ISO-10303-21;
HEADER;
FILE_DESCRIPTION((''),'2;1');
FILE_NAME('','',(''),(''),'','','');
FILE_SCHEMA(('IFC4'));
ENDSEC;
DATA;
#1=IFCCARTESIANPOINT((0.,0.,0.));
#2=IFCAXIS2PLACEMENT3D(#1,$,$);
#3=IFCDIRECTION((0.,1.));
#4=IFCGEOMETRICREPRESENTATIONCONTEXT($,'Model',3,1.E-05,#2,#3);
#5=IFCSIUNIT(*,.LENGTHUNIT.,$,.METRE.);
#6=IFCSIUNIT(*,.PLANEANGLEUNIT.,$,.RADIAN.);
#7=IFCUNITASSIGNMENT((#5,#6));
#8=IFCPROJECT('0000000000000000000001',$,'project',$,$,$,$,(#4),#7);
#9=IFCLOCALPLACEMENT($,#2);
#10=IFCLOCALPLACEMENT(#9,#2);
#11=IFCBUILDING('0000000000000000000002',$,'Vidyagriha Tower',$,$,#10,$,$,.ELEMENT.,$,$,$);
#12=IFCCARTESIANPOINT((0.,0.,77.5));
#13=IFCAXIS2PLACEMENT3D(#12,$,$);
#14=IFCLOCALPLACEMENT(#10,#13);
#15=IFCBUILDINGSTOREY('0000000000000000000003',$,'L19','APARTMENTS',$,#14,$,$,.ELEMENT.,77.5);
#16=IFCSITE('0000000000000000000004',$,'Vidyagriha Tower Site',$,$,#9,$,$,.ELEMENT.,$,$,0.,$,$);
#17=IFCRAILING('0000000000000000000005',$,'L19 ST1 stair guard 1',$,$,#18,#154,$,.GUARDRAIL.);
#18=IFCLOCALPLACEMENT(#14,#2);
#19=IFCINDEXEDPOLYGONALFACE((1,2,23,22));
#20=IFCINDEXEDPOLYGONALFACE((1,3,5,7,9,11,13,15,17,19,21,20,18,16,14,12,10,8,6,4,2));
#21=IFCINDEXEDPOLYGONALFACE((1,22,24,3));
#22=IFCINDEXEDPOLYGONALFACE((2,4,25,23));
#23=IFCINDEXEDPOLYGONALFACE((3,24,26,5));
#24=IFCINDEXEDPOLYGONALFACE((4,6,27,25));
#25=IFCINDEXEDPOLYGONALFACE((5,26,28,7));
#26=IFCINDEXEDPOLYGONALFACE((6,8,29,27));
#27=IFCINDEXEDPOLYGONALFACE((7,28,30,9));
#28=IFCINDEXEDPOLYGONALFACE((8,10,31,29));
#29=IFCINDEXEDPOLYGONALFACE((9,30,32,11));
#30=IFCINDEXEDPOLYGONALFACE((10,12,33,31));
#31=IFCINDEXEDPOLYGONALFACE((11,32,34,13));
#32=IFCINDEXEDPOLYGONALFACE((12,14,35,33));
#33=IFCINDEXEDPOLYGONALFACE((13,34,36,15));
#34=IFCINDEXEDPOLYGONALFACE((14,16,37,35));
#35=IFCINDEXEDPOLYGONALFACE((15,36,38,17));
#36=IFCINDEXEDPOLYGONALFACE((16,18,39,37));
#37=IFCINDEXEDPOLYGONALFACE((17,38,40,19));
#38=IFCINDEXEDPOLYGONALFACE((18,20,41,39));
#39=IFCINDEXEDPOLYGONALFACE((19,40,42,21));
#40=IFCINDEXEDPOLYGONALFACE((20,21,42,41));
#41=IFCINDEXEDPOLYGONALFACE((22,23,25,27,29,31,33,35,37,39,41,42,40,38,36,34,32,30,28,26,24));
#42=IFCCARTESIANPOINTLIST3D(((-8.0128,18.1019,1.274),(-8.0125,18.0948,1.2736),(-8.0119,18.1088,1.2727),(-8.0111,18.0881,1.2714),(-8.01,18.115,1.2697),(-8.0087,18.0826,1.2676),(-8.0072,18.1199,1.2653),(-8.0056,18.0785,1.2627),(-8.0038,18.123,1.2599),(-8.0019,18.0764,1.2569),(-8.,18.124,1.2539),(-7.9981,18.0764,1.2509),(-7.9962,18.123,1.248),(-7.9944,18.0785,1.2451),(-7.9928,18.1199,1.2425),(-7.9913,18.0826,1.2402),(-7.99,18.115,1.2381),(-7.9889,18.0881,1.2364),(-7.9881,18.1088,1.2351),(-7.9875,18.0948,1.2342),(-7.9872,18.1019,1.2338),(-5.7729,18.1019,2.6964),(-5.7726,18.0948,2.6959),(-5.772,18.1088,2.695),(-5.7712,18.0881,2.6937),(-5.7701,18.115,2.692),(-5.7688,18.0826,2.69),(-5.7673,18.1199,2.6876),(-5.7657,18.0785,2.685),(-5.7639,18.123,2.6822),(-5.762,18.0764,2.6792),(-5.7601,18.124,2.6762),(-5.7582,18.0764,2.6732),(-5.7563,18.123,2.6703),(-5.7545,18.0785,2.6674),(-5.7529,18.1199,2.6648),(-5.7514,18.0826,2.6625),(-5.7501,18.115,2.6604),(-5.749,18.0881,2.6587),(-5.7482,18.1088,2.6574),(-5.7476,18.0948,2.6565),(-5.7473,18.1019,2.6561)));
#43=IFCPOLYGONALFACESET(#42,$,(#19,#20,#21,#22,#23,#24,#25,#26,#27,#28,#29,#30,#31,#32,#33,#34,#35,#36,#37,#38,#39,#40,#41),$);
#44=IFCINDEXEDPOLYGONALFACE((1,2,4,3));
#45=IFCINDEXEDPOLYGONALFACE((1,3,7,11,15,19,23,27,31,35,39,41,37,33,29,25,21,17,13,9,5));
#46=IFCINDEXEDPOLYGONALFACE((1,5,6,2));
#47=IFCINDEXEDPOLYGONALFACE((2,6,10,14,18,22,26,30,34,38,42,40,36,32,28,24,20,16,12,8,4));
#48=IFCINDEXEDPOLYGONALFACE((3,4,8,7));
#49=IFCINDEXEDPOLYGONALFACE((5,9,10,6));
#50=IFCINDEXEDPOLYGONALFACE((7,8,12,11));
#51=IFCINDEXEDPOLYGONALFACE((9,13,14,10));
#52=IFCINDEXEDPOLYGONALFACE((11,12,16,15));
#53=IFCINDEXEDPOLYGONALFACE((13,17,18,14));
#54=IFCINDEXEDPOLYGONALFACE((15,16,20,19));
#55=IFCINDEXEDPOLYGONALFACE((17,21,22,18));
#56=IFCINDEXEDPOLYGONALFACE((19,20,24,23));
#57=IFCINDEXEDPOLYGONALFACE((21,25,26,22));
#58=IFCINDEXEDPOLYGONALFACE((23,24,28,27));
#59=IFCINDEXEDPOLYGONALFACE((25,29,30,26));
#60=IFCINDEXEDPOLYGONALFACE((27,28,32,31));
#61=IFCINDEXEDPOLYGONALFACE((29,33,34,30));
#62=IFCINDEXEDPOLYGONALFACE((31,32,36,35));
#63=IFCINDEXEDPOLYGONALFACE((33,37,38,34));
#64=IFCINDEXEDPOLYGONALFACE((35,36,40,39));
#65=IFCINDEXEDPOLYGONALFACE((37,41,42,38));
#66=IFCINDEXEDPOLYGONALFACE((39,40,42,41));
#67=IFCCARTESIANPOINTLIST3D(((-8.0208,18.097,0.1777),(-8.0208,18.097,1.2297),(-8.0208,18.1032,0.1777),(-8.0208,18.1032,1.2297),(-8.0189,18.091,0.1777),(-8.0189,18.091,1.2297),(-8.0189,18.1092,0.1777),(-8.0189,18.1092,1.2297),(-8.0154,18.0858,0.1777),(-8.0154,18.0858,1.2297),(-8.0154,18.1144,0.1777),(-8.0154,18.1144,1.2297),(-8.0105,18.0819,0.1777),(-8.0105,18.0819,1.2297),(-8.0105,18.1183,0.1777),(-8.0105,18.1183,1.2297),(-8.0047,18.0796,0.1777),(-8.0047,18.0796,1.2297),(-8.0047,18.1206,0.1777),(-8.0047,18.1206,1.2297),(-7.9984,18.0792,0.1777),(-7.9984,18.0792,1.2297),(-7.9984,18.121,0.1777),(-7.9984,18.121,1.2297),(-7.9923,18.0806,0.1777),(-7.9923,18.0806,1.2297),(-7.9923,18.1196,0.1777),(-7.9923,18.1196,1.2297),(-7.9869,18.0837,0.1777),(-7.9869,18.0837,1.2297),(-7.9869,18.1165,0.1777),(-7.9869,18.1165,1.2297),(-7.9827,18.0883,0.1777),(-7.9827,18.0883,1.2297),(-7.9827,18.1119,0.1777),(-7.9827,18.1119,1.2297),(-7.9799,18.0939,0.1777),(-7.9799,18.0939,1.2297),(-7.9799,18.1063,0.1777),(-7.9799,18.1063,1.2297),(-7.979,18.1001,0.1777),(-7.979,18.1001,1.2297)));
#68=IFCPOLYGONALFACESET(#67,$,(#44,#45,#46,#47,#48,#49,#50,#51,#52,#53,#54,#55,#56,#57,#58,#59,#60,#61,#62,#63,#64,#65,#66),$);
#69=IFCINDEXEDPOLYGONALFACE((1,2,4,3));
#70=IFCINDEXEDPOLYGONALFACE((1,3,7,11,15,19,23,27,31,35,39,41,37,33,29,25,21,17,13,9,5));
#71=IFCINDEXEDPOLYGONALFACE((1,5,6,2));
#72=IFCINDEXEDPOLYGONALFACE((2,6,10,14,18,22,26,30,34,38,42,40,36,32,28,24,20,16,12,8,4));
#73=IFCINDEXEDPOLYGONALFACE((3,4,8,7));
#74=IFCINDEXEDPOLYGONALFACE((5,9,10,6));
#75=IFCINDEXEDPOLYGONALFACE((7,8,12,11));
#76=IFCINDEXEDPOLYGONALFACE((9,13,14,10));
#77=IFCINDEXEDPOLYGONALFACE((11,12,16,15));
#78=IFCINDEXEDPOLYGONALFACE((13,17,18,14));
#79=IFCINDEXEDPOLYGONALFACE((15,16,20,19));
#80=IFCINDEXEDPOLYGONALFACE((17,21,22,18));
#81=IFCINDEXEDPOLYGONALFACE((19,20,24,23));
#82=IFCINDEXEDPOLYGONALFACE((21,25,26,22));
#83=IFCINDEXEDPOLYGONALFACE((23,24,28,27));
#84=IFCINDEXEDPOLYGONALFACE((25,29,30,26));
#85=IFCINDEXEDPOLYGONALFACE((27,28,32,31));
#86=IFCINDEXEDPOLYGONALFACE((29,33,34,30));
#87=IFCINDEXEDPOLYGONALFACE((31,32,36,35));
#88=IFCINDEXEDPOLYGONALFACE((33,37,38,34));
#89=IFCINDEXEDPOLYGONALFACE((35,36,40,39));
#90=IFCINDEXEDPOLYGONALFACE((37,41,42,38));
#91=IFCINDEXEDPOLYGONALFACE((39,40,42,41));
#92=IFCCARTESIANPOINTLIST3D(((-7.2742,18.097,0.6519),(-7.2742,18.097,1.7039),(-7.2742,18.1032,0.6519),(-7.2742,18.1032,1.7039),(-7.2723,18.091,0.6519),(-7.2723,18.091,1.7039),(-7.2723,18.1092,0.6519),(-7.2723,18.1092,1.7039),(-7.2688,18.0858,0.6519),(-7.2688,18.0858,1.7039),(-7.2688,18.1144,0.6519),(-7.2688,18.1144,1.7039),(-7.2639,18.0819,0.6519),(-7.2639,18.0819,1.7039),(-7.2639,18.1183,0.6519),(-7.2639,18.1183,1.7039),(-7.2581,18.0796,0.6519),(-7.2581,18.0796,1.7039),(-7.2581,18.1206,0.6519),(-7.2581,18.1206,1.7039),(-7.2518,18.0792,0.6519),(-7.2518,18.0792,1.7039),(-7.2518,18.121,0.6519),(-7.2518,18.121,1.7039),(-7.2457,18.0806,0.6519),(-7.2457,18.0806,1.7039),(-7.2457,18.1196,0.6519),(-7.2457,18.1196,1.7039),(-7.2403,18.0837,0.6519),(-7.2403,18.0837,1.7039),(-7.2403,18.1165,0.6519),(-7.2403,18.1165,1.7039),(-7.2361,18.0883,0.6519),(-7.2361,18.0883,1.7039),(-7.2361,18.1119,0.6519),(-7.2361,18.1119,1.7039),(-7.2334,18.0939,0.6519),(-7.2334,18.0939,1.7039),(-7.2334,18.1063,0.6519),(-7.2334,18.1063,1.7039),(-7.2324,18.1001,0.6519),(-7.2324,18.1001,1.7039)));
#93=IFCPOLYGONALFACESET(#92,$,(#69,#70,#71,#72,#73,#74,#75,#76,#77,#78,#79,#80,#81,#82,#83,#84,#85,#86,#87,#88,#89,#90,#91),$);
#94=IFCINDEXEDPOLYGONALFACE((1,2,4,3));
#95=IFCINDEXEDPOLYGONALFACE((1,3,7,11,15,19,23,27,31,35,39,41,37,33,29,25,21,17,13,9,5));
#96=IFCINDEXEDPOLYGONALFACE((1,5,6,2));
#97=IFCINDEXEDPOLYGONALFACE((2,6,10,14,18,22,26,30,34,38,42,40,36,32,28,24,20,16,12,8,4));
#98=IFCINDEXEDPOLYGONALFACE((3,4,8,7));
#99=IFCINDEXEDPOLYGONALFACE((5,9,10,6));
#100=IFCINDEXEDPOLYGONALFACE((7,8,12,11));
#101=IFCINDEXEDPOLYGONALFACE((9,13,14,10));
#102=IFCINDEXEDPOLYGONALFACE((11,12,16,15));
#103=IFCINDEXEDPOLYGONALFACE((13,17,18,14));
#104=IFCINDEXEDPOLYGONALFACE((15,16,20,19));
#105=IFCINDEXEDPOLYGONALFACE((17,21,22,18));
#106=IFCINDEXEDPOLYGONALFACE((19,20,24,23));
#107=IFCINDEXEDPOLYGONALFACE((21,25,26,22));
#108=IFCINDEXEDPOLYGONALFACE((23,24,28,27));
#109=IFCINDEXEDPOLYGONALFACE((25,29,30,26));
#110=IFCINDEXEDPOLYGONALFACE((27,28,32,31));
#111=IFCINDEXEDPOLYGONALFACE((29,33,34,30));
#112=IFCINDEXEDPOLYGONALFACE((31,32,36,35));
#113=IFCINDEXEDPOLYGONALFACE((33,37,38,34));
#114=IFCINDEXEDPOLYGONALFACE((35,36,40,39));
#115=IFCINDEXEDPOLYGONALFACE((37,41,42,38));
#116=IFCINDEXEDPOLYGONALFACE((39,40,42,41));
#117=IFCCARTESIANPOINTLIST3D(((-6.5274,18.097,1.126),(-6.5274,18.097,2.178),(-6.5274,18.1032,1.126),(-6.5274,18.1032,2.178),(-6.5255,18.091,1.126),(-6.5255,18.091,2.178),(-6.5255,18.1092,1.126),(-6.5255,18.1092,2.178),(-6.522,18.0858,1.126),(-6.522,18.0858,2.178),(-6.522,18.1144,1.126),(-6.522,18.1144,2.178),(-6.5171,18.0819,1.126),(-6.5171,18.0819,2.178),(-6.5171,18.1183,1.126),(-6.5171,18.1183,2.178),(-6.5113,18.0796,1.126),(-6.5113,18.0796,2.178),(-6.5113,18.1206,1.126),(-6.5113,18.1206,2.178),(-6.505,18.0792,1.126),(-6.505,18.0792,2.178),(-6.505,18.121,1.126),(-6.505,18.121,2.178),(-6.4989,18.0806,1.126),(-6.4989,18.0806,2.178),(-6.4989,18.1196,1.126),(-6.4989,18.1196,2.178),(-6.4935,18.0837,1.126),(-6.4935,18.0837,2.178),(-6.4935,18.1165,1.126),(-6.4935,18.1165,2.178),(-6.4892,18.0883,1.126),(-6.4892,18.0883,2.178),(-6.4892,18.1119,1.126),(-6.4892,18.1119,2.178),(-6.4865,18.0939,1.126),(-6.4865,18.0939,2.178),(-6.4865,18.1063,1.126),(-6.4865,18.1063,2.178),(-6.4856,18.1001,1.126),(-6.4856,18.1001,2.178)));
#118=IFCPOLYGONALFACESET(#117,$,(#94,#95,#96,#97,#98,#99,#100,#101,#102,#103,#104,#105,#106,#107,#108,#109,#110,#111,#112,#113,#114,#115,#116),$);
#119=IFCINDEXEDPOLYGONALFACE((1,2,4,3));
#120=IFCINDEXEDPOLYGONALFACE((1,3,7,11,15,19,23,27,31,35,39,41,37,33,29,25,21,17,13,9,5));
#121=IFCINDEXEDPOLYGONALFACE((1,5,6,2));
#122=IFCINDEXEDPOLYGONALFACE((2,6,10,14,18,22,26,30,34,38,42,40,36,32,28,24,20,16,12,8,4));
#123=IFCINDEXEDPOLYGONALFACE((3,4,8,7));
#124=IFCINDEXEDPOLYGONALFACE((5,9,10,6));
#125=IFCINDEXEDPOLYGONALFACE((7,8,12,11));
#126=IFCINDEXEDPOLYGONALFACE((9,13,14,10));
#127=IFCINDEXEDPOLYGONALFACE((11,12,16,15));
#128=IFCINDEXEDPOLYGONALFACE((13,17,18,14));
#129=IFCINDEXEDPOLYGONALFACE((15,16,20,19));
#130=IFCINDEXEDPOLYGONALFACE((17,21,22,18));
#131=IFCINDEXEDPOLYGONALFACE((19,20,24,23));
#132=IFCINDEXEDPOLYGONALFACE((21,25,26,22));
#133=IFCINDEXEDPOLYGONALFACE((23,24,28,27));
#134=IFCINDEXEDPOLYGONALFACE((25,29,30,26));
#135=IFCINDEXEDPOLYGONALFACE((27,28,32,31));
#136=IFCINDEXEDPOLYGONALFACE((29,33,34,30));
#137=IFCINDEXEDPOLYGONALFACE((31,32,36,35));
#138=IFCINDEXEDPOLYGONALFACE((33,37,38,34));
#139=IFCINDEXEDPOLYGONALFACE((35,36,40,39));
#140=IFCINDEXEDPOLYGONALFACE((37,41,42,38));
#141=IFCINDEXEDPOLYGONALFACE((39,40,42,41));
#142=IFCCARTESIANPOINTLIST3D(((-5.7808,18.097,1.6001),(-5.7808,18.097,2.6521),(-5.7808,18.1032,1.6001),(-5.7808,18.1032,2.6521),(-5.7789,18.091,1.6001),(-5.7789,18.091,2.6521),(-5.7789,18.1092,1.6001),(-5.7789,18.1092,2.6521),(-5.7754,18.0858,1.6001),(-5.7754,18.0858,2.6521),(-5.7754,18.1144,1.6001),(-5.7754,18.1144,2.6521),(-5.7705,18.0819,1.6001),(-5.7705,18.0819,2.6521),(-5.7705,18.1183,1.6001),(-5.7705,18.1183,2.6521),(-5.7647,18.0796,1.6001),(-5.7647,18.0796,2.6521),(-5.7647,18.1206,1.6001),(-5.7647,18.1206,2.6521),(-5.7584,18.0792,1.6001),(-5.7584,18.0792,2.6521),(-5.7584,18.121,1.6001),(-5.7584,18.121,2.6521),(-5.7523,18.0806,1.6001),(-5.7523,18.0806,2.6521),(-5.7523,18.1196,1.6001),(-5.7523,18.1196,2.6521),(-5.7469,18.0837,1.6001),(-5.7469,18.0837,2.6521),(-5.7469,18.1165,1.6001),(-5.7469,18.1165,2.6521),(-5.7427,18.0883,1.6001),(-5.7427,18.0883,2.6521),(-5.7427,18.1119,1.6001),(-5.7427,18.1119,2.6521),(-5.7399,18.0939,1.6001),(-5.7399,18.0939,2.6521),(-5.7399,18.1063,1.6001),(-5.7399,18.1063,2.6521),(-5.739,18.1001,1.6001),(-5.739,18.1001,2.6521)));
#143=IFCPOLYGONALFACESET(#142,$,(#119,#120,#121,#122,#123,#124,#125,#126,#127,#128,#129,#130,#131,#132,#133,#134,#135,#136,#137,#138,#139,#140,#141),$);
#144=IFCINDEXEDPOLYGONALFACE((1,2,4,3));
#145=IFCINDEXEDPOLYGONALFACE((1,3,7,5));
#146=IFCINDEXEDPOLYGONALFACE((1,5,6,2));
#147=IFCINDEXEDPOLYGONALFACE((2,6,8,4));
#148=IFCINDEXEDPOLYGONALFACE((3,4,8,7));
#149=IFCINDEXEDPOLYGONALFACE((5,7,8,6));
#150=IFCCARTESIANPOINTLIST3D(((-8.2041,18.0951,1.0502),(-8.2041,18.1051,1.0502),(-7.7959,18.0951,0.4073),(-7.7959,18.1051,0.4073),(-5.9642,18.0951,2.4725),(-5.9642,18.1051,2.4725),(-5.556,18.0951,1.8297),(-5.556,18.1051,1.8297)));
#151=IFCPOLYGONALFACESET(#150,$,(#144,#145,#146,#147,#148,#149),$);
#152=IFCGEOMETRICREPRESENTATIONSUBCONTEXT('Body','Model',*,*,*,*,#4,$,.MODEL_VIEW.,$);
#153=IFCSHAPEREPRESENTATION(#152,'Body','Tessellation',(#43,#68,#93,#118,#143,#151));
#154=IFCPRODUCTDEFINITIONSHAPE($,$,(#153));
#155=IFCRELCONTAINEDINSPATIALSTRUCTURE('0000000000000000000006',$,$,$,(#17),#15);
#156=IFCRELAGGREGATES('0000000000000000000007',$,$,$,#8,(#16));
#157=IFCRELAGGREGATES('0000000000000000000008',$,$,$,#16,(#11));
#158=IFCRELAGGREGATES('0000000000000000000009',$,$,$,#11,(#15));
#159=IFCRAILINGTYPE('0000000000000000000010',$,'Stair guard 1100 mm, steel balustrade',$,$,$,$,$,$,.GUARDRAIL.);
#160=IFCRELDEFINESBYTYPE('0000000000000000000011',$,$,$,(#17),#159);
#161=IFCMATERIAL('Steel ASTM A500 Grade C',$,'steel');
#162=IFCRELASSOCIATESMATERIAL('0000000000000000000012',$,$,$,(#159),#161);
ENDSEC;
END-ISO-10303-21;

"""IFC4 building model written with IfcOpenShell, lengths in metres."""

from ifc_helpers import new_model, si_unit, direction, frame, origin, origin_2d, place, context, subcontext, project, spatial, rectangle, circle, extrude, material, type_object, element, save


model = new_model("IFC4")

# Units and contexts
model_context = context("Model", 3, precision=1e-05, world=origin(), true_north=direction((0.0, 1.0)))
body_context = subcontext(model_context, "Body", "Model", "MODEL_VIEW")
ifc_project = project(units=[si_unit("LENGTHUNIT", "METRE"), si_unit("PLANEANGLEUNIT", "RADIAN")], contexts=[model_context])

# Site, building, storey
site_placement = place(None, origin())
site = spatial("IfcSite", under=ifc_project, at=site_placement, Name="Vidyagriha Tower Site", CompositionType="ELEMENT", RefElevation=0.0)
building_placement = place(site_placement, origin())
building = spatial("IfcBuilding", under=site, at=building_placement, Name="Vidyagriha Tower", CompositionType="ELEMENT")
storey_placement = place(building_placement, frame((0.0, 0.0, 77.5)))
storey = spatial("IfcBuildingStorey", under=building, at=storey_placement, Name="L19", Description="APARTMENTS", CompositionType="ELEMENT", Elevation=77.5)

# Railing
ifc_material_1 = material(Name="Steel ASTM A500 Grade C", Category="steel")
railing_type_1 = type_object("IfcRailingType", Name="Stair guard 1100 mm, steel balustrade", PredefinedType="GUARDRAIL", material=ifc_material_1)
railing_1_placement = place(storey_placement, frame((-8.0, 18.1001, 0.1777)))
element("IfcRailing", 1, at=railing_1_placement, inside=storey, type_object=railing_type_1, Name="L19 ST1 stair guard 1", PredefinedType="GUARDRAIL", context=body_context, shape_type="SweptSolid", body=[
    extrude(circle(Radius=0.0239, at=origin_2d()), frame((0.0, 0.0, 1.0762), z_axis=(0.844188, 0.0, 0.536048), x_axis=(0.0, 1.0, 0.0)), (0.0, 0.0, 1.0), 2.6533),
    extrude(circle(Radius=0.021, at=origin_2d()), origin(), (0.0, 0.0, 1.0), 1.052),
    extrude(circle(Radius=0.021, at=origin_2d()), frame((0.7466, 0.0, 0.4741)), (0.0, 0.0, 1.0), 1.052),
    extrude(circle(Radius=0.021, at=origin_2d()), frame((1.4934, 0.0, 0.9482)), (0.0, 0.0, 1.0), 1.052),
    extrude(circle(Radius=0.021, at=origin_2d()), frame((2.24, 0.0, 1.4224)), (0.0, 0.0, 1.0), 1.052),
    extrude(rectangle(XDim=0.01, YDim=0.7615, at=origin_2d()), frame((0.0, 0.0, 0.551), z_axis=(0.844188, 0.0, 0.536048), x_axis=(0.0, 1.0, 0.0)), (0.0, 0.0, 1.0), 2.6533),
])

save(model, "model.ifc")
